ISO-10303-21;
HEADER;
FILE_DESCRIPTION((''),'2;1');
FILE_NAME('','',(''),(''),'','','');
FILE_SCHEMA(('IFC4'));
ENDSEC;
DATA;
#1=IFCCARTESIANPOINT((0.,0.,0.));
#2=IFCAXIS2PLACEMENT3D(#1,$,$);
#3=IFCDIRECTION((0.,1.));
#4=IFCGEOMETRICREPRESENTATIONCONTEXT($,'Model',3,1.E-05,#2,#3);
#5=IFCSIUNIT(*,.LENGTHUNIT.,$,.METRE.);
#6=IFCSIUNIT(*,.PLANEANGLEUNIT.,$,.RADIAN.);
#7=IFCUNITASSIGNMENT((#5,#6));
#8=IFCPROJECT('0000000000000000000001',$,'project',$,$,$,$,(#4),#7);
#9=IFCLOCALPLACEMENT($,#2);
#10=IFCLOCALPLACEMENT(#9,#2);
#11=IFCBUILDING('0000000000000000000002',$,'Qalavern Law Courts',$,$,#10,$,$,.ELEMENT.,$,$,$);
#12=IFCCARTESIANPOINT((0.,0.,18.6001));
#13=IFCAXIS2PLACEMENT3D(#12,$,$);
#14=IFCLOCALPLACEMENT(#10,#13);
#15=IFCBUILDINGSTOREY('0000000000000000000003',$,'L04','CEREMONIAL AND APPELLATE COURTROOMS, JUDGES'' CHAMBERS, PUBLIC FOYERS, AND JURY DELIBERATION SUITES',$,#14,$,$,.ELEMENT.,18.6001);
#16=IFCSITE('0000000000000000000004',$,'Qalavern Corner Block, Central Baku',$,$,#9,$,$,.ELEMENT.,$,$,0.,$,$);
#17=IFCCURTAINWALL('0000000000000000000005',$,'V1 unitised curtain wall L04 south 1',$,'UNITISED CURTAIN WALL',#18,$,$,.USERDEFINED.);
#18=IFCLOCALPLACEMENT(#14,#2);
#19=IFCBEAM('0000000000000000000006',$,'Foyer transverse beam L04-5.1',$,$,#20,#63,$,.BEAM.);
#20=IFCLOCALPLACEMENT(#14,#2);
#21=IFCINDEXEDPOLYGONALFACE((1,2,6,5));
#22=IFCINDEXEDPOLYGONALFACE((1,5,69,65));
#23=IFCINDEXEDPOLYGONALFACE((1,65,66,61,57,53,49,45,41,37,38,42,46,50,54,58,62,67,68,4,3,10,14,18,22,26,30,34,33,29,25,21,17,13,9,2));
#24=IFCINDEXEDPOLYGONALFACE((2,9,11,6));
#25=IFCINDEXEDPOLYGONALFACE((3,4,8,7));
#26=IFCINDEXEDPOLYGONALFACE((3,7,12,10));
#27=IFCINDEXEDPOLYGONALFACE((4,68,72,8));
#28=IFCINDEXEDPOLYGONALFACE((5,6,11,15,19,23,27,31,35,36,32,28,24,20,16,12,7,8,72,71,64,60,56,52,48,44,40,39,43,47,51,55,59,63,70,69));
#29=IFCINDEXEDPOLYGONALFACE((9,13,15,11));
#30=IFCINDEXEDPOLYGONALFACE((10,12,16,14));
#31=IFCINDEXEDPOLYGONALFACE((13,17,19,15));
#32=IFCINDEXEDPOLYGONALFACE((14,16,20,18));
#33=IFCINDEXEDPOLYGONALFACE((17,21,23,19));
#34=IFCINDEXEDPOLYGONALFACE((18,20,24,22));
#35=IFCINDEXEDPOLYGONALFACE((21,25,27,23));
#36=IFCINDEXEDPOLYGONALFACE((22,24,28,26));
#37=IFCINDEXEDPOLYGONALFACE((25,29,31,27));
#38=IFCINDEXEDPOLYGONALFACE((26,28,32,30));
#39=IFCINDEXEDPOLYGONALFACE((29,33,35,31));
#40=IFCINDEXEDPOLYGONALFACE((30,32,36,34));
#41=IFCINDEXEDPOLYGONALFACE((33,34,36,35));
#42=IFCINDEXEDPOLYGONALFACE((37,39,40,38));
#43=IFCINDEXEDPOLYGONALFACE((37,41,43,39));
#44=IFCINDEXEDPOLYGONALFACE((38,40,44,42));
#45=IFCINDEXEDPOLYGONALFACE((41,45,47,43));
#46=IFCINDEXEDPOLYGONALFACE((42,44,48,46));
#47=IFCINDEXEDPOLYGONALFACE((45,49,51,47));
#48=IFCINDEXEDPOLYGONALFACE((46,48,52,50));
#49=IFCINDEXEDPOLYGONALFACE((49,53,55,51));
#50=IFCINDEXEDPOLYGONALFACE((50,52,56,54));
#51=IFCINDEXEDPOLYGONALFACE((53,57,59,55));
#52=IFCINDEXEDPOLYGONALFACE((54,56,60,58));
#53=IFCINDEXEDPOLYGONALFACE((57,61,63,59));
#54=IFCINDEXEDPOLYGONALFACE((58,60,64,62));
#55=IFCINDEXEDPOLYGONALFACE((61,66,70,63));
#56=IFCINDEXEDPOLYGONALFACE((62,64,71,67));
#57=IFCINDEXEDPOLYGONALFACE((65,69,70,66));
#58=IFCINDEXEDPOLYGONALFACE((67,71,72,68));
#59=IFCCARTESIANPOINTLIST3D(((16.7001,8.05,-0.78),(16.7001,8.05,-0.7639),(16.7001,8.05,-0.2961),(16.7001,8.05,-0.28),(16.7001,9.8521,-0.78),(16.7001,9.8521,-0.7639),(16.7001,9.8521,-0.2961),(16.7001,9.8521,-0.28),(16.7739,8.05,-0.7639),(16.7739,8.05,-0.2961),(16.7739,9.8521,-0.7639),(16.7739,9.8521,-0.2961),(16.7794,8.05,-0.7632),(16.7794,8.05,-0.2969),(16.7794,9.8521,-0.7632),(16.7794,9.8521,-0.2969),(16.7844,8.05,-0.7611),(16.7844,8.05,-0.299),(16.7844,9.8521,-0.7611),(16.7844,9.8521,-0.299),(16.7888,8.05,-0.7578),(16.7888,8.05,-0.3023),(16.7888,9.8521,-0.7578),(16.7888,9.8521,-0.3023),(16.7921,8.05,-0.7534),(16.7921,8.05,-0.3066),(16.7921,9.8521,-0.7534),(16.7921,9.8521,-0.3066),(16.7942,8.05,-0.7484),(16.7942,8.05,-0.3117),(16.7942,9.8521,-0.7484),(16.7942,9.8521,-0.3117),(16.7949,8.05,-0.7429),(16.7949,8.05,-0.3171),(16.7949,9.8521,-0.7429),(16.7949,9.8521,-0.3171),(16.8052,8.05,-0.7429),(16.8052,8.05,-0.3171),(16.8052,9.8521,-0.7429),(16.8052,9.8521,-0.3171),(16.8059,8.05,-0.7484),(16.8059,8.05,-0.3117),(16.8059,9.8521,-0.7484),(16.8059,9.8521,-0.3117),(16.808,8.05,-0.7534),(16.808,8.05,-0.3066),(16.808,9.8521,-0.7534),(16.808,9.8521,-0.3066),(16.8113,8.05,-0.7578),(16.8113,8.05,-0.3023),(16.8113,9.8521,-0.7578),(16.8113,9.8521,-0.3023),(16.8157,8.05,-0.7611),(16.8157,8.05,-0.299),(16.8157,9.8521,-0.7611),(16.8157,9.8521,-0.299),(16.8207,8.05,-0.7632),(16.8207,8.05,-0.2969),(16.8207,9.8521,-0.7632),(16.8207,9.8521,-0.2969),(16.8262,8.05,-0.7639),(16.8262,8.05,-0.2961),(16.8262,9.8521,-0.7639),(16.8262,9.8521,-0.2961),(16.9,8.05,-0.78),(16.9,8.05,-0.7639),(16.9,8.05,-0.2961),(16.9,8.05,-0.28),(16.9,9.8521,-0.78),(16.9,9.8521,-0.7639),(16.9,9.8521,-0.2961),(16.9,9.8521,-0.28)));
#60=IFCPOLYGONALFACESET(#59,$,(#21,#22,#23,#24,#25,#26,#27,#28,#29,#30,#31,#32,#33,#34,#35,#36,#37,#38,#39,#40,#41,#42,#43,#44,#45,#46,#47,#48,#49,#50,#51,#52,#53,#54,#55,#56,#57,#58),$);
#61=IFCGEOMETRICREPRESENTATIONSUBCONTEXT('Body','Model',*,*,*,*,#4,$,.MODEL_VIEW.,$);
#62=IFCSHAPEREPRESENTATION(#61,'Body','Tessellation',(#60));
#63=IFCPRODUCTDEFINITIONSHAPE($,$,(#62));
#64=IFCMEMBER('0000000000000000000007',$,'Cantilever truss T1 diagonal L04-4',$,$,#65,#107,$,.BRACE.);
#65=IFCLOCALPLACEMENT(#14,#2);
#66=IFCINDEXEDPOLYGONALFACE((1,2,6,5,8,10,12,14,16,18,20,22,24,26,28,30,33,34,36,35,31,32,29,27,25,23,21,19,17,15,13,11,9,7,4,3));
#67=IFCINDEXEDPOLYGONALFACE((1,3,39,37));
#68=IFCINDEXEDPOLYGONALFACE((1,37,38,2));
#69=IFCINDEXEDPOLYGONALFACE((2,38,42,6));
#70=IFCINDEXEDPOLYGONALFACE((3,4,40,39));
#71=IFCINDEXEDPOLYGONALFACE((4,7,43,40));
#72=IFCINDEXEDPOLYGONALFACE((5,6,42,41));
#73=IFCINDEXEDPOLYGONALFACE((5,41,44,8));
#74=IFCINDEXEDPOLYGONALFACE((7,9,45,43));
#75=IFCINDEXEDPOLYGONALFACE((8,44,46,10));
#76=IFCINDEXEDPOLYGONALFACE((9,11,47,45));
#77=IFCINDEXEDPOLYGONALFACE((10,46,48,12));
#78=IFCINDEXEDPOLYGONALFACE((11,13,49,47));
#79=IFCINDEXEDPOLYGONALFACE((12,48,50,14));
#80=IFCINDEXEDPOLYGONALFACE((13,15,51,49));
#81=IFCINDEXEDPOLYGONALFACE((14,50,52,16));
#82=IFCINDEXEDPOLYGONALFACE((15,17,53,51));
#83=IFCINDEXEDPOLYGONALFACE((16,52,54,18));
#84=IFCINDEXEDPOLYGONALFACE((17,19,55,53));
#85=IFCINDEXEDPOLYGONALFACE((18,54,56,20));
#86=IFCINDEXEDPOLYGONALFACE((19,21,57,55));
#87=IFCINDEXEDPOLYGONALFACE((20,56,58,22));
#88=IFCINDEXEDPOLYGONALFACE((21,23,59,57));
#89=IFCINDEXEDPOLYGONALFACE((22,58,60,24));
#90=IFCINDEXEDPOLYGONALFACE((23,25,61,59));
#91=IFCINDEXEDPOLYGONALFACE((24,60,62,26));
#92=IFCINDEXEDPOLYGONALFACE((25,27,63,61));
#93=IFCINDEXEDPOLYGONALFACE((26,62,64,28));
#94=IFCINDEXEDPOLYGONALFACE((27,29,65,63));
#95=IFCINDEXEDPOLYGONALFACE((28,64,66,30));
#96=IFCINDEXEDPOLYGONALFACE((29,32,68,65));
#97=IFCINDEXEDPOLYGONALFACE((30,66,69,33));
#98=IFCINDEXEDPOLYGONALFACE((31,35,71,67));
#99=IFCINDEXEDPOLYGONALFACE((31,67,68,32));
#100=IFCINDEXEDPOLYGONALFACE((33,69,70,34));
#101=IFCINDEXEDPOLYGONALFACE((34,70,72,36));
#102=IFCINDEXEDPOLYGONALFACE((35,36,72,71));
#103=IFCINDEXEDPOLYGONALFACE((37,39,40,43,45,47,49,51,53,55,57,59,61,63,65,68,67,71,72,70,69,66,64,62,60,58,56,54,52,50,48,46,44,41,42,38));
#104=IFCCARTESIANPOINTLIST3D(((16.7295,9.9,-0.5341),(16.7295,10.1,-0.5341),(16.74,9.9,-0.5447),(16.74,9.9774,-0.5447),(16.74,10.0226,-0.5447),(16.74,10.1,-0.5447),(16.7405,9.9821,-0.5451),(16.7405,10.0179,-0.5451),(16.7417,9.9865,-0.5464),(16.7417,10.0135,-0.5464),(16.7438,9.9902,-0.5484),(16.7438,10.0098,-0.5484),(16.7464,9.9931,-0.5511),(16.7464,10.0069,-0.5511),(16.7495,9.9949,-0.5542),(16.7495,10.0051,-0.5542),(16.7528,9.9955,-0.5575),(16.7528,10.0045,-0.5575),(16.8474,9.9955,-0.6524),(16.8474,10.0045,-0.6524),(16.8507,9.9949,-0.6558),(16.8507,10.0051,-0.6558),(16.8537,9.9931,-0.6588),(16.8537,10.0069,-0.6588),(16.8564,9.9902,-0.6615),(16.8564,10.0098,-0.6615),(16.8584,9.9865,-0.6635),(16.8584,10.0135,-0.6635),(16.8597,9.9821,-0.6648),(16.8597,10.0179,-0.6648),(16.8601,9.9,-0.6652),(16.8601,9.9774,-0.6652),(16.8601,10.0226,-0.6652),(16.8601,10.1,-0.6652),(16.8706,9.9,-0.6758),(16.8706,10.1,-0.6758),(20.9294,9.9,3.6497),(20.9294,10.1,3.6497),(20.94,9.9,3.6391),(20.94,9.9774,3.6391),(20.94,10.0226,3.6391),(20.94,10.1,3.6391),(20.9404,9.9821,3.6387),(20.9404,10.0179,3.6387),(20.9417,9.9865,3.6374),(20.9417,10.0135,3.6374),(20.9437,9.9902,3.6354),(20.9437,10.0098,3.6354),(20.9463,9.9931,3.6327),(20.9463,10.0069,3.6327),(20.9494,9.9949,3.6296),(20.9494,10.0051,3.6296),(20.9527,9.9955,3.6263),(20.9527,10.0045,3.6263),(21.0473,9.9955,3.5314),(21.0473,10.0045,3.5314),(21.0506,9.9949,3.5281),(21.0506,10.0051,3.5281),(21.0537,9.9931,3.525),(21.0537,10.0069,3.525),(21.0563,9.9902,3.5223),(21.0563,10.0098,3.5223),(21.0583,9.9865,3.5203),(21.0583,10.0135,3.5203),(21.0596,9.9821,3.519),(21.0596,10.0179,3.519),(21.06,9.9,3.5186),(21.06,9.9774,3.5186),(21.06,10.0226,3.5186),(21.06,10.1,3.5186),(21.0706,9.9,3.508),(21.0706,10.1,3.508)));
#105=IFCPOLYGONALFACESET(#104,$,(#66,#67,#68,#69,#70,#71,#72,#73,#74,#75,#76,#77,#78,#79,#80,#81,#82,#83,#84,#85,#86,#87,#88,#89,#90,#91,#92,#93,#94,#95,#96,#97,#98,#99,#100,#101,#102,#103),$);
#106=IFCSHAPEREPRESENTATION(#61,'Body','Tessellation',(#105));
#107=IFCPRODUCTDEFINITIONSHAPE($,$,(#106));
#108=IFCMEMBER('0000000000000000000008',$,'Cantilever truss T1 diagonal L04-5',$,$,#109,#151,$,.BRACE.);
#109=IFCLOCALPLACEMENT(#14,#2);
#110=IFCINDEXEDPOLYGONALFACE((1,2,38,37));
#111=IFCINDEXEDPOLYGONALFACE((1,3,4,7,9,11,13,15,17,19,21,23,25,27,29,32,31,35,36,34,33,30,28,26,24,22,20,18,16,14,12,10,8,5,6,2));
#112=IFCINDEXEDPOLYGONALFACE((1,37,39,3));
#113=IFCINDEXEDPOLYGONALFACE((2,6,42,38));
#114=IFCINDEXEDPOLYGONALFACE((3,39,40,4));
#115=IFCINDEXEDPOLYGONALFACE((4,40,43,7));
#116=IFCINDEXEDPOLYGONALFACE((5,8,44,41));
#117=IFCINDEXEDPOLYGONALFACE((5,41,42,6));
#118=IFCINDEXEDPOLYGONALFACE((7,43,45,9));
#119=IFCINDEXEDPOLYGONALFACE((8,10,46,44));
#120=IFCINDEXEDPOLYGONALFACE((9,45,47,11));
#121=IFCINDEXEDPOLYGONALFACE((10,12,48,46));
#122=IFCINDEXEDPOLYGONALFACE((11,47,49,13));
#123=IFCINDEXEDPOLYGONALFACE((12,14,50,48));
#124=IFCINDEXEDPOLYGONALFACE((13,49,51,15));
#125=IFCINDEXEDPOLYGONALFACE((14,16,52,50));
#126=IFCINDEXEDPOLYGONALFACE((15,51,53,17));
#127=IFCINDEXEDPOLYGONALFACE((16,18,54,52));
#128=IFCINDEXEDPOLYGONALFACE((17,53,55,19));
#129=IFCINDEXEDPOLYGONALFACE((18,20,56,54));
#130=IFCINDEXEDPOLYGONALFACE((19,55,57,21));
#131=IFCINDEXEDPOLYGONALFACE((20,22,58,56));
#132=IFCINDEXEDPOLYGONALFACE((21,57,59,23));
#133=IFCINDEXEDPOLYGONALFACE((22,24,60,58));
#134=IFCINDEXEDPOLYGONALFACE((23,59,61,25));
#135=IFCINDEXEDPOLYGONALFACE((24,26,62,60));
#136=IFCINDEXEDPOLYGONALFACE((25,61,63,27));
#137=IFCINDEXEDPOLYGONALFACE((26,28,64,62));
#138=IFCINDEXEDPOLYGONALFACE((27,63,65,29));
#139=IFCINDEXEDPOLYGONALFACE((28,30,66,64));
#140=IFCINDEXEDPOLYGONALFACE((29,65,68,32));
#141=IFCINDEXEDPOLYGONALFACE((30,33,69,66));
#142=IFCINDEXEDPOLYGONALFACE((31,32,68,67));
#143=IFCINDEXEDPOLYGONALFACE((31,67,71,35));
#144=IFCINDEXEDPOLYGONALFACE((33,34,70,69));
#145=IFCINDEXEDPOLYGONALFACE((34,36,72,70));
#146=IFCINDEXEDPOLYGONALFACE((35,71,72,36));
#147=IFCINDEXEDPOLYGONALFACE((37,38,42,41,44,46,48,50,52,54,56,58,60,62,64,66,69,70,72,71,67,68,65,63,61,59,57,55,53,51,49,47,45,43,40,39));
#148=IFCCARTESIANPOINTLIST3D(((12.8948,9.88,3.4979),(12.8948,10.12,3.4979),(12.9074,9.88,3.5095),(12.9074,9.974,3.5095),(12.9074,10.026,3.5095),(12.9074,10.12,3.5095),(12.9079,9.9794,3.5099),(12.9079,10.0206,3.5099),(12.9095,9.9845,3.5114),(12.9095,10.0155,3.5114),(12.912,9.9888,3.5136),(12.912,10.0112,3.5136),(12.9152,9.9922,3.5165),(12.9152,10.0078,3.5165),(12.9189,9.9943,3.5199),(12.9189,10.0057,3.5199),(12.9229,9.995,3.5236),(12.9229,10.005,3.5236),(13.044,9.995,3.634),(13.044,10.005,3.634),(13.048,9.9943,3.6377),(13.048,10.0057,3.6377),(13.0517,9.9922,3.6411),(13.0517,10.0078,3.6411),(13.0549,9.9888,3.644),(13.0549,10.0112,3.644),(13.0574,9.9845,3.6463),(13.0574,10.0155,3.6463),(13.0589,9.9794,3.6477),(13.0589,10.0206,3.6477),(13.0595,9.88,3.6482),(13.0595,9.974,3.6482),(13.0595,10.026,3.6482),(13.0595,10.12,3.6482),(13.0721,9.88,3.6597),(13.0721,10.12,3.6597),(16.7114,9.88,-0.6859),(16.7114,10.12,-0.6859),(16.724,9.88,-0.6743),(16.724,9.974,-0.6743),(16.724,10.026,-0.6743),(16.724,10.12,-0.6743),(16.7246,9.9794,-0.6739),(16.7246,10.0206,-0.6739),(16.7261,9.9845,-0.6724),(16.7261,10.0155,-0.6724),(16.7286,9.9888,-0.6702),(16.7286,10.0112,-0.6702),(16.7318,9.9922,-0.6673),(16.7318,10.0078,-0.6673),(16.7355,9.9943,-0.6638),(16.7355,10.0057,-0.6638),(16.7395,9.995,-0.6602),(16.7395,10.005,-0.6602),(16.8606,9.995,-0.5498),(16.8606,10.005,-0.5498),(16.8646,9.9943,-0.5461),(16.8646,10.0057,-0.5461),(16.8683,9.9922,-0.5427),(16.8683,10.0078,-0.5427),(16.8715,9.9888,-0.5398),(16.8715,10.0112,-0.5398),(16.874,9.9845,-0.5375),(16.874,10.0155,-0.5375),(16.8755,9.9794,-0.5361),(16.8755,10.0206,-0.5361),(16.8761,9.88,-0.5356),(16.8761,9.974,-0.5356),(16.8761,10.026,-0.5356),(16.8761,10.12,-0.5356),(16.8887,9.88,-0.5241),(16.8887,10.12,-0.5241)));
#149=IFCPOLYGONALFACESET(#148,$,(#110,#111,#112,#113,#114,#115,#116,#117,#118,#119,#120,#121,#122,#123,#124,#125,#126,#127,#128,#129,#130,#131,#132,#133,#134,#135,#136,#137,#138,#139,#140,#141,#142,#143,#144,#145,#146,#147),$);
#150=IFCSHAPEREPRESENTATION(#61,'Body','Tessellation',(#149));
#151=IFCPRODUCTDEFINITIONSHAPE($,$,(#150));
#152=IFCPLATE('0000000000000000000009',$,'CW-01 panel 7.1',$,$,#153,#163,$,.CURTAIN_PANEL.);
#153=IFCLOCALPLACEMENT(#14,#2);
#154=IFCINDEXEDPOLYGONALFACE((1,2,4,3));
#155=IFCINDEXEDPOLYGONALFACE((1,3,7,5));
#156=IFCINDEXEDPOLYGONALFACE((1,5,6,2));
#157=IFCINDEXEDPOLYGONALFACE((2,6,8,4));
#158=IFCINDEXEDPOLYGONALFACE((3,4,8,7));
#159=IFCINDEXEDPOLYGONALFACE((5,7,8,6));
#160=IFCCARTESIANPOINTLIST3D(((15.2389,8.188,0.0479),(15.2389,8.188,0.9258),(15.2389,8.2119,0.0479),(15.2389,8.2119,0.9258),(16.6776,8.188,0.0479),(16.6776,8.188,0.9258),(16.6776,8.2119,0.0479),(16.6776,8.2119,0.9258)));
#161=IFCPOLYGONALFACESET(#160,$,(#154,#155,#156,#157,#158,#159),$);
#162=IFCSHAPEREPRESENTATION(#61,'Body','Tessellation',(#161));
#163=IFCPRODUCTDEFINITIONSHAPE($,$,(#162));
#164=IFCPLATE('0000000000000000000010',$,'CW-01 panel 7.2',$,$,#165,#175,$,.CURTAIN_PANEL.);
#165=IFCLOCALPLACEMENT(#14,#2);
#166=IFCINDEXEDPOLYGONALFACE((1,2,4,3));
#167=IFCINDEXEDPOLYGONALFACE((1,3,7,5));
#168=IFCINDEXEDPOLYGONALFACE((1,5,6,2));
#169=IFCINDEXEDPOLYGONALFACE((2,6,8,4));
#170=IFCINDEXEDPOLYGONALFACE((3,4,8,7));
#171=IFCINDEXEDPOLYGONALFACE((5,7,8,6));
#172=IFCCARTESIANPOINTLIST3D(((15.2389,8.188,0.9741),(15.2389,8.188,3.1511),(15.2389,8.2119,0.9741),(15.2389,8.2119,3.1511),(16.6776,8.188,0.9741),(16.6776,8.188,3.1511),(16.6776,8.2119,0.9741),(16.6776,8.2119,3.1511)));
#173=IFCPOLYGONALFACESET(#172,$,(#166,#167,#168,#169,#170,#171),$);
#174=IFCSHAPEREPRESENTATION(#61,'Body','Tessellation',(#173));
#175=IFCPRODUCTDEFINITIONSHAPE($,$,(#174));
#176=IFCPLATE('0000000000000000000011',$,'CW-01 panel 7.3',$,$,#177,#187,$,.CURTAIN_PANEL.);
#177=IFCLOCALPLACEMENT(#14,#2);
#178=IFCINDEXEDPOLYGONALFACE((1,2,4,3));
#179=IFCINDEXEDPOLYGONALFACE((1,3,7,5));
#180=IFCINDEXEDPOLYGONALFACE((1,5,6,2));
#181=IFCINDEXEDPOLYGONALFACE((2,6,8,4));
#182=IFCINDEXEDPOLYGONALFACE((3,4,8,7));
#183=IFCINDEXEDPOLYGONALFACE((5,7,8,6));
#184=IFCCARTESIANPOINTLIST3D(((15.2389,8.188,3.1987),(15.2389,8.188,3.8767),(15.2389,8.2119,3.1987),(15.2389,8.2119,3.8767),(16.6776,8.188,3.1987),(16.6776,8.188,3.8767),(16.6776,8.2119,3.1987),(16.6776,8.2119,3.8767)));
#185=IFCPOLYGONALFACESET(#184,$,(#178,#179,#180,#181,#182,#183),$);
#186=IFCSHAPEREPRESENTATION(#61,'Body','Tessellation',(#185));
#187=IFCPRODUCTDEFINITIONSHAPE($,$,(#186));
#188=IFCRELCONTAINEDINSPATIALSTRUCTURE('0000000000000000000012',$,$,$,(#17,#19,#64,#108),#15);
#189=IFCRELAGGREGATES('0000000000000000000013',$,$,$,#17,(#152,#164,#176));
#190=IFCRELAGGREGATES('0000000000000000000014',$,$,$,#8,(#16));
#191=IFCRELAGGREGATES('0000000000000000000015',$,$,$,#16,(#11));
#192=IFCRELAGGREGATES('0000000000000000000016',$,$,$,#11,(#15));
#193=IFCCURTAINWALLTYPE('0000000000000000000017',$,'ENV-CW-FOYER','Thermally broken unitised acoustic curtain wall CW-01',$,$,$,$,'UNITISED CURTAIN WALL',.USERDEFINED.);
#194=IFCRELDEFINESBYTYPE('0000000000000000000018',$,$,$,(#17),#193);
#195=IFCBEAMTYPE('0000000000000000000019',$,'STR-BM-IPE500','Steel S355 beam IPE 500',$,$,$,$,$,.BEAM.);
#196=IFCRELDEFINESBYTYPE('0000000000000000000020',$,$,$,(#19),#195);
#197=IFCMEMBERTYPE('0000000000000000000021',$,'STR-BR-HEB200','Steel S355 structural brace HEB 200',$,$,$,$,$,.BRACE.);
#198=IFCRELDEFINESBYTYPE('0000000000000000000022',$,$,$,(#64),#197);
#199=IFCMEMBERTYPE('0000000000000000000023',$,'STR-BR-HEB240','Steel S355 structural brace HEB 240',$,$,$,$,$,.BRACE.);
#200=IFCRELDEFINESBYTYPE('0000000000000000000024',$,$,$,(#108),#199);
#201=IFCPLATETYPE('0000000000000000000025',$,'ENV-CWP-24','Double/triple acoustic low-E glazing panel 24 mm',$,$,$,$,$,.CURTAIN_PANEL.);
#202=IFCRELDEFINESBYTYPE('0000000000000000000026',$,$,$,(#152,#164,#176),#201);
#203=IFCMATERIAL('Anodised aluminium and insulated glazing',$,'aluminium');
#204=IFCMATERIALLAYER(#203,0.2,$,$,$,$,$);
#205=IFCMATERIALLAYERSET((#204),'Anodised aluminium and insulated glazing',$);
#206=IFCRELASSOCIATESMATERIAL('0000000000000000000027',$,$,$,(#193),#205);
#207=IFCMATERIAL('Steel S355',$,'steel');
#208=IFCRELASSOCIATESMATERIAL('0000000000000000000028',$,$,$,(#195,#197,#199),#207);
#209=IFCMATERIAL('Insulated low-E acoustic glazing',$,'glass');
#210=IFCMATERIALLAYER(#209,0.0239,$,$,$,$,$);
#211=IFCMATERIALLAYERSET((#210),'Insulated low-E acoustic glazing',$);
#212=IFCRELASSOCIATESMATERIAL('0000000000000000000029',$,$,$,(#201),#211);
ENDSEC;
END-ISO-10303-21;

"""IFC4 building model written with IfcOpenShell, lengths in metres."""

from ifc_helpers import new_model, si_unit, direction, frame, origin, origin_2d, place, context, subcontext, project, spatial, rectangle, i_section, extrude, material, layer, layer_set, material_profile, profile_set, type_object, element, aggregate, save


model = new_model("IFC4")

# Units and contexts
model_context = context("Model", 3, precision=1e-05, world=origin(), true_north=direction((0.0, 1.0)))
body_context = subcontext(model_context, "Body", "Model", "MODEL_VIEW")
ifc_project = project(units=[si_unit("LENGTHUNIT", "METRE"), si_unit("PLANEANGLEUNIT", "RADIAN")], contexts=[model_context])

# Site, building, storey
site_placement = place(None, origin())
site = spatial("IfcSite", under=ifc_project, at=site_placement, Name="Qalavern Corner Block, Central Baku", CompositionType="ELEMENT", RefElevation=0.0)
building_placement = place(site_placement, origin())
building = spatial("IfcBuilding", under=site, at=building_placement, Name="Qalavern Law Courts", CompositionType="ELEMENT")
storey_placement = place(building_placement, frame((0.0, 0.0, 18.6001)))
storey = spatial("IfcBuildingStorey", under=building, at=storey_placement, Name="L04", Description="CEREMONIAL AND APPELLATE COURTROOMS, JUDGES' CHAMBERS, PUBLIC FOYERS, AND JURY DELIBERATION SUITES", CompositionType="ELEMENT", Elevation=18.6001)

# Curtain wall
ifc_material_1 = material(Name="Anodised aluminium and insulated glazing", Category="aluminium")
ifc_layer_1 = layer(ifc_material_1, 0.2)
ifc_layer_set_1 = layer_set([ifc_layer_1], Name="Anodised aluminium and insulated glazing")
curtain_wall_type = type_object("IfcCurtainWallType", Name="ENV-CW-FOYER", Description="Thermally broken unitised acoustic curtain wall CW-01", ElementType="UNITISED CURTAIN WALL", PredefinedType="USERDEFINED", material=ifc_layer_set_1)
curtain_wall_placement = place(storey_placement, origin())
curtain_wall = element("IfcCurtainWall", 1, at=curtain_wall_placement, inside=storey, type_object=curtain_wall_type, Name="V1 unitised curtain wall L04 south 1", ObjectType="UNITISED CURTAIN WALL", PredefinedType="USERDEFINED")

# Beam
ifc_material_2 = material(Name="Steel S355", Category="steel")
ifc_material_profile_1 = material_profile(ifc_material_2, i_section(OverallWidth=0.2, OverallDepth=0.5, WebThickness=0.0103, FlangeThickness=0.0161, FilletRadius=0.021, at=origin_2d()), Name="IPE 500")
ifc_profile_set_1 = profile_set([ifc_material_profile_1], Name="Steel S355")
beam_type = type_object("IfcBeamType", Name="STR-BM-IPE500", Description="Steel S355 beam IPE 500", PredefinedType="BEAM", material=ifc_profile_set_1)
for number, where, z_axis, x_axis, name in (
    (2, (16.8, 8.05, -0.53), (0.0, 1.0, 0.0), (-1.0, 0.0, 0.0), "Foyer transverse beam L04-5.1"),
):
    element("IfcBeam", number, at=place(storey_placement, frame(where, z_axis=z_axis, x_axis=x_axis)), inside=storey, type_object=beam_type, Name=name, PredefinedType="BEAM", context=body_context, shape_type="SweptSolid", body=[
        extrude(i_section(OverallWidth=0.2, OverallDepth=0.5, WebThickness=0.0103, FlangeThickness=0.0161, FilletRadius=0.021, at=origin_2d()), origin(), (0.0, 0.0, 1.0), 1.802),
    ])

# Members
ifc_material_profile_2 = material_profile(ifc_material_2, i_section(OverallWidth=0.2, OverallDepth=0.2, WebThickness=0.009, FlangeThickness=0.0149, FilletRadius=0.0181, at=origin_2d()), Name="HEB 200")
ifc_profile_set_2 = profile_set([ifc_material_profile_2], Name="Steel S355")
member_type_1 = type_object("IfcMemberType", Name="STR-BR-HEB200", Description="Steel S355 structural brace HEB 200", PredefinedType="BRACE", material=ifc_profile_set_2)
member_1_placement = place(storey_placement, frame((21.0, 10.0, 3.5789), z_axis=(-0.708465, 0.0, -0.705746), x_axis=(0.0, -1.0, 0.0)))
element("IfcMember", 3, at=member_1_placement, inside=storey, type_object=member_type_1, Name="Cantilever truss T1 diagonal L04-4", PredefinedType="BRACE", context=body_context, shape_type="SweptSolid", body=[
    extrude(i_section(OverallWidth=0.2, OverallDepth=0.2, WebThickness=0.009, FlangeThickness=0.0149, FilletRadius=0.0181, at=origin_2d()), origin(), (0.0, 0.0, 1.0), 5.9282),
])
ifc_material_profile_3 = material_profile(ifc_material_2, i_section(OverallWidth=0.24, OverallDepth=0.24, WebThickness=0.01, FlangeThickness=0.0171, FilletRadius=0.021, at=origin_2d()), Name="HEB 240")
ifc_profile_set_3 = profile_set([ifc_material_profile_3], Name="Steel S355")
member_type_2 = type_object("IfcMemberType", Name="STR-BR-HEB240", Description="Steel S355 structural brace HEB 240", PredefinedType="BRACE", material=ifc_profile_set_3)
member_2_placement = place(storey_placement, frame((16.8, 10.0, -0.605), z_axis=(-0.673944, 0.0, 0.738782), x_axis=(0.0, -1.0, 0.0)))
element("IfcMember", 4, at=member_2_placement, inside=storey, type_object=member_type_2, Name="Cantilever truss T1 diagonal L04-5", PredefinedType="BRACE", context=body_context, shape_type="SweptSolid", body=[
    extrude(i_section(OverallWidth=0.24, OverallDepth=0.24, WebThickness=0.01, FlangeThickness=0.0171, FilletRadius=0.021, at=origin_2d()), origin(), (0.0, 0.0, 1.0), 5.6631),
])

# Plates
ifc_material_3 = material(Name="Insulated low-E acoustic glazing", Category="glass")
ifc_layer_2 = layer(ifc_material_3, 0.0239)
ifc_layer_set_2 = layer_set([ifc_layer_2], Name="Insulated low-E acoustic glazing")
plate_type_1 = type_object("IfcPlateType", Name="ENV-CWP-24", Description="Double/triple acoustic low-E glazing panel 24 mm", PredefinedType="CURTAIN_PANEL", material=ifc_layer_set_2)
plate_1_placement = place(storey_placement, frame((15.9583, 8.2, 0.0479), z_axis=(0.0, 0.0, 1.0), x_axis=(1.0, 0.0, 0.0)))
plate_1 = element("IfcPlate", 5, at=plate_1_placement, type_object=plate_type_1, Name="CW-01 panel 7.1", PredefinedType="CURTAIN_PANEL", context=body_context, shape_type="SweptSolid", body=[
    extrude(rectangle(XDim=1.4387, YDim=0.0239, at=origin_2d()), origin(), (0.0, 0.0, 1.0), 0.8779),
])
plate_2_placement = place(storey_placement, frame((15.9583, 8.2, 0.9741), z_axis=(0.0, 0.0, 1.0), x_axis=(1.0, 0.0, 0.0)))
plate_2 = element("IfcPlate", 6, at=plate_2_placement, type_object=plate_type_1, Name="CW-01 panel 7.2", PredefinedType="CURTAIN_PANEL", context=body_context, shape_type="SweptSolid", body=[
    extrude(rectangle(XDim=1.4387, YDim=0.0239, at=origin_2d()), origin(), (0.0, 0.0, 1.0), 2.177),
])
plate_3_placement = place(storey_placement, frame((15.9583, 8.2, 3.1987), z_axis=(0.0, 0.0, 1.0), x_axis=(1.0, 0.0, 0.0)))
plate_3 = element("IfcPlate", 7, at=plate_3_placement, type_object=plate_type_1, Name="CW-01 panel 7.3", PredefinedType="CURTAIN_PANEL", context=body_context, shape_type="SweptSolid", body=[
    extrude(rectangle(XDim=1.4387, YDim=0.0239, at=origin_2d()), origin(), (0.0, 0.0, 1.0), 0.678),
])
aggregate(curtain_wall, [plate_1, plate_2, plate_3])

save(model, "model.ifc")
